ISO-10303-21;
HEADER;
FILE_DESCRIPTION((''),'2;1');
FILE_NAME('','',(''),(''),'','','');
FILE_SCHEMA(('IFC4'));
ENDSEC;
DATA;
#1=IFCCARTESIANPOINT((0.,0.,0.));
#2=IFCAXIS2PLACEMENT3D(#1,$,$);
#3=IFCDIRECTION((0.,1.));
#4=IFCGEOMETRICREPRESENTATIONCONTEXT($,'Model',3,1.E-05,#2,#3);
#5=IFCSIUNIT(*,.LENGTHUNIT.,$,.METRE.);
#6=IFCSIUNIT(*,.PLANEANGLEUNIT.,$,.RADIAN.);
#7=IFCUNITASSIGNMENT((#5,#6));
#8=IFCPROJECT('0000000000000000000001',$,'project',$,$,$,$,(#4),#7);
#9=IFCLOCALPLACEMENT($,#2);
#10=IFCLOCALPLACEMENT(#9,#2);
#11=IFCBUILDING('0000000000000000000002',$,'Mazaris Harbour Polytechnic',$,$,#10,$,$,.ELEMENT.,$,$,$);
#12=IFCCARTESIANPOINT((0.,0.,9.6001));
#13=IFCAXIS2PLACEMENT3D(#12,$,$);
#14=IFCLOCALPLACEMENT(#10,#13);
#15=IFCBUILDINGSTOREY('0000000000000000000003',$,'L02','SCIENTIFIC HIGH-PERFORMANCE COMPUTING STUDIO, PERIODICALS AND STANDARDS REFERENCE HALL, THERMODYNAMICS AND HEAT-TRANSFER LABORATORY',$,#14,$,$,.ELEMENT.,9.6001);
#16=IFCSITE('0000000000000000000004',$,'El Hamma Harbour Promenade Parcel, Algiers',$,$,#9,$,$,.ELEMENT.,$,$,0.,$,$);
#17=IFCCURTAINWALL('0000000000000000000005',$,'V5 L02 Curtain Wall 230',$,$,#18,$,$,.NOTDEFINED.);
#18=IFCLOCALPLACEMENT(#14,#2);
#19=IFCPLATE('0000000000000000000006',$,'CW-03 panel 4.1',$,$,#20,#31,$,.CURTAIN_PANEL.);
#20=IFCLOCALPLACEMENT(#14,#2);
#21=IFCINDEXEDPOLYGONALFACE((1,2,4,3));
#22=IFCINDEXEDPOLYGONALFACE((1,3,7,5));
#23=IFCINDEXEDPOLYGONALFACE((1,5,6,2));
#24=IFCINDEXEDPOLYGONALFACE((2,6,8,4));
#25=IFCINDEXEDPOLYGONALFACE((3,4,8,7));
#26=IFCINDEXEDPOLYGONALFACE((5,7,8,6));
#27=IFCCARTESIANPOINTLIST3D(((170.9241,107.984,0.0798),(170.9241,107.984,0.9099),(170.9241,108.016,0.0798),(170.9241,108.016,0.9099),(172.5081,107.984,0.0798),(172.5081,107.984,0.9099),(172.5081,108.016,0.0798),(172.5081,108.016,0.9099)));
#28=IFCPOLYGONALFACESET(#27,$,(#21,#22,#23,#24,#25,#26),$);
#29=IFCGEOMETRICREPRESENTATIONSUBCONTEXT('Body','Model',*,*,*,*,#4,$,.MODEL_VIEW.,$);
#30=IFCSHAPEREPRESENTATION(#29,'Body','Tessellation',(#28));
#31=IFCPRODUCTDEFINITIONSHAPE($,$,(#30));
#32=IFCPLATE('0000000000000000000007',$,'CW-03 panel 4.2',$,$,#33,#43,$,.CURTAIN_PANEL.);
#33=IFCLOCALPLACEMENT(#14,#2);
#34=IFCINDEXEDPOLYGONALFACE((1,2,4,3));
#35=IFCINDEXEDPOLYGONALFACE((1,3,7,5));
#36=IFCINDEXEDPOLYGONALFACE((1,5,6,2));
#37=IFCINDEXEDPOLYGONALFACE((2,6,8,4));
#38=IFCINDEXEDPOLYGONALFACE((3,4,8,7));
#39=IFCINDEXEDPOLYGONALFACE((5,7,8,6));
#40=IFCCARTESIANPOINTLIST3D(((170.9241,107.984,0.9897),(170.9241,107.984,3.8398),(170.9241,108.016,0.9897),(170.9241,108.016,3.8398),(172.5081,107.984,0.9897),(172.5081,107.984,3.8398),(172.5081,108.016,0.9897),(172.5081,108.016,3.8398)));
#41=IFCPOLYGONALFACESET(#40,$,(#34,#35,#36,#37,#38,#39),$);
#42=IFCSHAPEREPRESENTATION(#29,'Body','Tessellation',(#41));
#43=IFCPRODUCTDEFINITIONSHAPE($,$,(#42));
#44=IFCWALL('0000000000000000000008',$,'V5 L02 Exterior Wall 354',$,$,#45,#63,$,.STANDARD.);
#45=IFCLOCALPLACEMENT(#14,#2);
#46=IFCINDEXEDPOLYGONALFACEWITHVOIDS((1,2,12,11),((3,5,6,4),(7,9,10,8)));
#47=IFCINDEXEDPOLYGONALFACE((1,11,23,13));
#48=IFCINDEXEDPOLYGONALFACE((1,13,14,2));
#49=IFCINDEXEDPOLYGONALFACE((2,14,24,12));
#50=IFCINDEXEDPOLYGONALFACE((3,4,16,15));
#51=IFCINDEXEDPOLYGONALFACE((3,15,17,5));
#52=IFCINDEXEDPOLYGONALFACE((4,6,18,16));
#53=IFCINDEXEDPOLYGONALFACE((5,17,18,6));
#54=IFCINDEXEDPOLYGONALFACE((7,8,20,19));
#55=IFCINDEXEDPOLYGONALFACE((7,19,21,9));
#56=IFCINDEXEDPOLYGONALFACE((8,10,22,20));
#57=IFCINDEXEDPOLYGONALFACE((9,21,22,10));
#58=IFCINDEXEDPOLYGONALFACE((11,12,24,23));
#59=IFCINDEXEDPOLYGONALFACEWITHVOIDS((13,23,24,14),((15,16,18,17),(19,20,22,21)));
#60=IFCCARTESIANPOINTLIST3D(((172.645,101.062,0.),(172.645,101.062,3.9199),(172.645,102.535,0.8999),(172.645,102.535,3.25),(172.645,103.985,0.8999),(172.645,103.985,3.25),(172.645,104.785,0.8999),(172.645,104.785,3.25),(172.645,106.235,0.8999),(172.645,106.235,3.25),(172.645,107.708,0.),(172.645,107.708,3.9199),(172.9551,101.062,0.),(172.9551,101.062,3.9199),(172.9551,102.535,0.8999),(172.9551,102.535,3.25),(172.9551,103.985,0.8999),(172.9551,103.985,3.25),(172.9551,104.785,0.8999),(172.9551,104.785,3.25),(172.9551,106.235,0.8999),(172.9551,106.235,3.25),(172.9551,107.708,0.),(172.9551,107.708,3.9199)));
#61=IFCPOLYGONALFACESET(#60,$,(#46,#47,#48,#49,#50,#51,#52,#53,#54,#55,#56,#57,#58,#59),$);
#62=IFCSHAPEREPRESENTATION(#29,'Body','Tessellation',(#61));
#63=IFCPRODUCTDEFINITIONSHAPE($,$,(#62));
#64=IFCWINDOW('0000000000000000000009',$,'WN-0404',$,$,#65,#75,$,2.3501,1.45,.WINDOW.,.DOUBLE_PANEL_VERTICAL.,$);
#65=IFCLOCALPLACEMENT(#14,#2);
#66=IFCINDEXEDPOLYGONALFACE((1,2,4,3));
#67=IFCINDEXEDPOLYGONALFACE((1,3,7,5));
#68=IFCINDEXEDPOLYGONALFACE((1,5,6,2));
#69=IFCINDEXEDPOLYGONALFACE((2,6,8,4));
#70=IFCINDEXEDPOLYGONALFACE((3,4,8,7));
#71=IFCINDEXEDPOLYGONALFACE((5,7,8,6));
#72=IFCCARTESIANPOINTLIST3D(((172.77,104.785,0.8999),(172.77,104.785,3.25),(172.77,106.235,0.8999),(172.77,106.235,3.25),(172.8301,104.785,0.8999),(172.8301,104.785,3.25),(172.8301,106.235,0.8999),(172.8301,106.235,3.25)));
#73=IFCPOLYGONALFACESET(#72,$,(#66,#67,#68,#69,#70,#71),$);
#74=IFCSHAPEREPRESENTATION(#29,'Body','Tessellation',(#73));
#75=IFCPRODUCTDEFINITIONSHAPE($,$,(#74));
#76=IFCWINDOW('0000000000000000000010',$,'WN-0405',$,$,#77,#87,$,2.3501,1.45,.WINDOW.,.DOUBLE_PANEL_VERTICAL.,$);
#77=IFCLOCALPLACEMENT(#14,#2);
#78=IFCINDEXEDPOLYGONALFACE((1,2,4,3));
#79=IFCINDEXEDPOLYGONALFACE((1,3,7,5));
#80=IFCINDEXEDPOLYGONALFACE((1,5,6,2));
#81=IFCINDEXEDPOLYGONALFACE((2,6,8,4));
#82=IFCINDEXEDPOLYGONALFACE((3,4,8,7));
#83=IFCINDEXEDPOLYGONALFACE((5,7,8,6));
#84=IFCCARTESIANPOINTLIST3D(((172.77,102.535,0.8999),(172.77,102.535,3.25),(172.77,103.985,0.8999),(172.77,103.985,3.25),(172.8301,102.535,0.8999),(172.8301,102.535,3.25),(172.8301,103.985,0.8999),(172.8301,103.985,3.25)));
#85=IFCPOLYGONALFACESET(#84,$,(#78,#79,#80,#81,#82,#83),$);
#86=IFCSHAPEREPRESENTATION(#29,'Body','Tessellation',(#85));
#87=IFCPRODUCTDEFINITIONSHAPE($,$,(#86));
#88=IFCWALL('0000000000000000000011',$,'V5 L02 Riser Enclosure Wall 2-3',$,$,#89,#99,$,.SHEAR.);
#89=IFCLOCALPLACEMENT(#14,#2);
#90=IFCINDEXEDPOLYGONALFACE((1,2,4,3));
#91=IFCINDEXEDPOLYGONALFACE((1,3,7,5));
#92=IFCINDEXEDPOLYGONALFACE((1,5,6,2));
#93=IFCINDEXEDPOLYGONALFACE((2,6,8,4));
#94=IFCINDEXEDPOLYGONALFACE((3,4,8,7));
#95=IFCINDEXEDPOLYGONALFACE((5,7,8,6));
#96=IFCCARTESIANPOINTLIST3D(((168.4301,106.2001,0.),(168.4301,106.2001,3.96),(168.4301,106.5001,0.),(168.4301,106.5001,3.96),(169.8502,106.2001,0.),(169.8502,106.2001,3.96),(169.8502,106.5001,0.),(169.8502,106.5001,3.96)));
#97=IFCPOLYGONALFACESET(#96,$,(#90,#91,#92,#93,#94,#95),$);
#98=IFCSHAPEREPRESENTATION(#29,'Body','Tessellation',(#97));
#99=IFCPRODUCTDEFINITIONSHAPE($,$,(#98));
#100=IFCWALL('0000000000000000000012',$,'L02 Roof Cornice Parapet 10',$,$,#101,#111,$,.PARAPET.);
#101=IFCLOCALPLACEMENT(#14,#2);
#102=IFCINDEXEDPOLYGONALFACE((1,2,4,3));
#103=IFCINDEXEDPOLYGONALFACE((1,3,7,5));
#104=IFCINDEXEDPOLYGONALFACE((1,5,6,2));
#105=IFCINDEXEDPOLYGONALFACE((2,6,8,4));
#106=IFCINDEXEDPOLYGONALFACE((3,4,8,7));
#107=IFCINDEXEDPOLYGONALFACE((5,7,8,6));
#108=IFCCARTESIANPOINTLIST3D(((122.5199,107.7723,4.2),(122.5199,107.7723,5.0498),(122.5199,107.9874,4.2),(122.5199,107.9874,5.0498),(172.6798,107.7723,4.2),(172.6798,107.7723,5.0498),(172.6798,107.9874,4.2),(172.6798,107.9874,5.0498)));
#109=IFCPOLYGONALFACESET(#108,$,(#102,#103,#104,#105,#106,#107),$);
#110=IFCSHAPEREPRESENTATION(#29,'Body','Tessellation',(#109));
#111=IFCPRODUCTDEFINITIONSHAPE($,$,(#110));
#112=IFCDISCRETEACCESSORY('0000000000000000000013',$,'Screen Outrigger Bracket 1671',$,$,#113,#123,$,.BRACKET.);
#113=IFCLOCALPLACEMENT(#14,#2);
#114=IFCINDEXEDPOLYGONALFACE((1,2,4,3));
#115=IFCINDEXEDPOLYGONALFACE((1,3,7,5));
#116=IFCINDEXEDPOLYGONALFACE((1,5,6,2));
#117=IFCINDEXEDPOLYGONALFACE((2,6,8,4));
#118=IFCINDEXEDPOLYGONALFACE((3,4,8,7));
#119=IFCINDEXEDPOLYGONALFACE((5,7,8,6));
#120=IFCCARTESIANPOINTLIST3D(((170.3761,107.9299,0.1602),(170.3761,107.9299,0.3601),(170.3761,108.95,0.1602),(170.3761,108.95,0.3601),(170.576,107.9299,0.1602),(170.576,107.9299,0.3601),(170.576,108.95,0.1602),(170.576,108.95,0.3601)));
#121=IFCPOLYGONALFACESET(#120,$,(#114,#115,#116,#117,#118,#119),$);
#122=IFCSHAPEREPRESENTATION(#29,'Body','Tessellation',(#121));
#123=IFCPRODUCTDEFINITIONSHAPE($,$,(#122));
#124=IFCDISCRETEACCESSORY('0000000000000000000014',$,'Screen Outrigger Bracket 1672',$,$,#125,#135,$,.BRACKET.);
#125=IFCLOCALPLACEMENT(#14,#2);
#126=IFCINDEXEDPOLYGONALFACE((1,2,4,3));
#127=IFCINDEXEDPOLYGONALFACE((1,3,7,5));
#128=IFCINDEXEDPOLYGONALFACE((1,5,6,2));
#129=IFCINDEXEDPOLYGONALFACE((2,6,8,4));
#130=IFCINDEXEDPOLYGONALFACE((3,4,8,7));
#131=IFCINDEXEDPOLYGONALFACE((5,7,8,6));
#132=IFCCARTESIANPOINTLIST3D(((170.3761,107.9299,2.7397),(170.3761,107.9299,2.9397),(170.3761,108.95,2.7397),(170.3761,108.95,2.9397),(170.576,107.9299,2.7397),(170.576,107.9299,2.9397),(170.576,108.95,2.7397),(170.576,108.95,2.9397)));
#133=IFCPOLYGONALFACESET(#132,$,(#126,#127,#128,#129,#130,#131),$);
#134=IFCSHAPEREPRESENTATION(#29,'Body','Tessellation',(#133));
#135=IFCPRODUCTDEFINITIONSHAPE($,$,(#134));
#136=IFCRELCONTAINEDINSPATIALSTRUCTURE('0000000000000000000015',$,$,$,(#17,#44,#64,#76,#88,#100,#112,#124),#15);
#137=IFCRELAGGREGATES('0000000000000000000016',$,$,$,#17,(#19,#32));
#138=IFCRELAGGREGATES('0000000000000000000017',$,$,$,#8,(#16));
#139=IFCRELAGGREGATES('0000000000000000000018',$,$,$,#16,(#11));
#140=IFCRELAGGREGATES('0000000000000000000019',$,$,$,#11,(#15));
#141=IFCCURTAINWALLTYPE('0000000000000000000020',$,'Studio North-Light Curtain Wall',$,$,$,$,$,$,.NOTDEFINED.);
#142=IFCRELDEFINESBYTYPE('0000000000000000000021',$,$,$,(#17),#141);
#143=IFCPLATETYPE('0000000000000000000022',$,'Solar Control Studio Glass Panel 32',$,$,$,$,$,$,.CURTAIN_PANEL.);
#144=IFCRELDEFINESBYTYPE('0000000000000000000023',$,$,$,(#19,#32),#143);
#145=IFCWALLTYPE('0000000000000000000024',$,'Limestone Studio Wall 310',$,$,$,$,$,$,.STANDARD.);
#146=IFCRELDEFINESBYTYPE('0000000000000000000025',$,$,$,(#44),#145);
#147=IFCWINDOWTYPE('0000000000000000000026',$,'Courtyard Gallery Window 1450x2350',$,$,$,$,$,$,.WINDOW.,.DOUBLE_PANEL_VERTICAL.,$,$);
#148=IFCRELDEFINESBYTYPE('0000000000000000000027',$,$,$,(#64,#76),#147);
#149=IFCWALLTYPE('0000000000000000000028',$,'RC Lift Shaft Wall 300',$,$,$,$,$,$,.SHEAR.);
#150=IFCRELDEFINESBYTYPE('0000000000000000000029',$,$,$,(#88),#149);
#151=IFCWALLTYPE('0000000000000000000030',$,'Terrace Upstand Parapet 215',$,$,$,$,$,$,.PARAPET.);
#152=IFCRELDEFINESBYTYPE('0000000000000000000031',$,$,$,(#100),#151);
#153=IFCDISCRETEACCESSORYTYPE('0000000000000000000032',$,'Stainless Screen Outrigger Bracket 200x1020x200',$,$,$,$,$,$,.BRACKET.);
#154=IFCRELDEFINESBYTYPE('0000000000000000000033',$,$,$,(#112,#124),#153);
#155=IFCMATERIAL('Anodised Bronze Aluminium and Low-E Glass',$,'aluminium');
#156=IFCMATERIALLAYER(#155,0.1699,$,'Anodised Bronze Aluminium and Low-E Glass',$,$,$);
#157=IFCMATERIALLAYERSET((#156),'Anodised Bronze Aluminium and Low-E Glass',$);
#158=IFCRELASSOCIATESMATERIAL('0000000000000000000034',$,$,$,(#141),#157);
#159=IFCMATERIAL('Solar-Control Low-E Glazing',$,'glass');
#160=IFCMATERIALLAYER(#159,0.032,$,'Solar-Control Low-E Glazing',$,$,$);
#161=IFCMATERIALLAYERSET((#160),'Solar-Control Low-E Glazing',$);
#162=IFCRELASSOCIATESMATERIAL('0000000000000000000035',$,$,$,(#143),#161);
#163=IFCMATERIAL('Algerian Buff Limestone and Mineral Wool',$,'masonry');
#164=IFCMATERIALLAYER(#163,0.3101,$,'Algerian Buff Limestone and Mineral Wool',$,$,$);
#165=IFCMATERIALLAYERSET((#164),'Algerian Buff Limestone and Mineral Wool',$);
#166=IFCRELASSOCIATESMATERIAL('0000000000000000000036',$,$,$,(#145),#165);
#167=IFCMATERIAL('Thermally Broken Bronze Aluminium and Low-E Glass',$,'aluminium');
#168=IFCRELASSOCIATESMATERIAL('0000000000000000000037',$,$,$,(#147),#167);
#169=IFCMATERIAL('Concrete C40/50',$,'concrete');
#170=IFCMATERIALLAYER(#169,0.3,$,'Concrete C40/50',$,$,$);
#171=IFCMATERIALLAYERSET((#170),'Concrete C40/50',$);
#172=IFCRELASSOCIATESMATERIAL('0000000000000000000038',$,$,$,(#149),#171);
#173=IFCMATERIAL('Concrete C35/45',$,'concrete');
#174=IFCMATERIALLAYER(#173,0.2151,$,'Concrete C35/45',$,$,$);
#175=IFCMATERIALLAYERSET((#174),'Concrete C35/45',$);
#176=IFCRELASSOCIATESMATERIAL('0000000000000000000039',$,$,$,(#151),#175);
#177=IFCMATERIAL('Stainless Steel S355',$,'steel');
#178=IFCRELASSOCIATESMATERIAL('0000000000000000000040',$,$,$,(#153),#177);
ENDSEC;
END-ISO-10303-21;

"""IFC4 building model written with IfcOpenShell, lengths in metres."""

from ifc_helpers import new_model, si_unit, direction, frame, frame_2d, origin, origin_2d, place, context, subcontext, project, spatial, rectangle, extrude, material, layer, layer_set, type_object, element, fill, aggregate, save


model = new_model("IFC4")

# Units and contexts
model_context = context("Model", 3, precision=1e-05, world=origin(), true_north=direction((0.0, 1.0)))
body_context = subcontext(model_context, "Body", "Model", "MODEL_VIEW")
ifc_project = project(units=[si_unit("LENGTHUNIT", "METRE"), si_unit("PLANEANGLEUNIT", "RADIAN")], contexts=[model_context])

# Site, building, storey
site_placement = place(None, origin())
site = spatial("IfcSite", under=ifc_project, at=site_placement, Name="El Hamma Harbour Promenade Parcel, Algiers", CompositionType="ELEMENT", RefElevation=0.0)
building_placement = place(site_placement, origin())
building = spatial("IfcBuilding", under=site, at=building_placement, Name="Mazaris Harbour Polytechnic", CompositionType="ELEMENT")
storey_placement = place(building_placement, frame((0.0, 0.0, 9.6001)))
storey = spatial("IfcBuildingStorey", under=building, at=storey_placement, Name="L02", Description="SCIENTIFIC HIGH-PERFORMANCE COMPUTING STUDIO, PERIODICALS AND STANDARDS REFERENCE HALL, THERMODYNAMICS AND HEAT-TRANSFER LABORATORY", CompositionType="ELEMENT", Elevation=9.6001)

# Curtain wall, plates
ifc_material_1 = material(Name="Anodised Bronze Aluminium and Low-E Glass", Category="aluminium")
ifc_layer_1 = layer(ifc_material_1, 0.1699, Name="Anodised Bronze Aluminium and Low-E Glass")
ifc_layer_set_1 = layer_set([ifc_layer_1], Name="Anodised Bronze Aluminium and Low-E Glass")
curtain_wall_type = type_object("IfcCurtainWallType", Name="Studio North-Light Curtain Wall", PredefinedType="NOTDEFINED", material=ifc_layer_set_1)
curtain_wall_placement = place(storey_placement, origin())
curtain_wall = element("IfcCurtainWall", 1, at=curtain_wall_placement, inside=storey, type_object=curtain_wall_type, Name="V5 L02 Curtain Wall 230", PredefinedType="NOTDEFINED")
ifc_material_2 = material(Name="Solar-Control Low-E Glazing", Category="glass")
ifc_layer_2 = layer(ifc_material_2, 0.032, Name="Solar-Control Low-E Glazing")
ifc_layer_set_2 = layer_set([ifc_layer_2], Name="Solar-Control Low-E Glazing")
plate_type = type_object("IfcPlateType", Name="Solar Control Studio Glass Panel 32", PredefinedType="CURTAIN_PANEL", material=ifc_layer_set_2)
plate_1_placement = place(storey_placement, frame((171.7161, 108.0, 0.0798), z_axis=(0.0, 0.0, 1.0), x_axis=(1.0, 0.0, 0.0)))
plate_1 = element("IfcPlate", 2, at=plate_1_placement, type_object=plate_type, Name="CW-03 panel 4.1", PredefinedType="CURTAIN_PANEL", context=body_context, shape_type="SweptSolid", body=[
    extrude(rectangle(XDim=1.584, YDim=0.032, at=origin_2d()), origin(), (0.0, 0.0, 1.0), 0.8301),
])
plate_2_placement = place(storey_placement, frame((171.7161, 108.0, 0.9897), z_axis=(0.0, 0.0, 1.0), x_axis=(1.0, 0.0, 0.0)))
plate_2 = element("IfcPlate", 3, at=plate_2_placement, type_object=plate_type, Name="CW-03 panel 4.2", PredefinedType="CURTAIN_PANEL", context=body_context, shape_type="SweptSolid", body=[
    extrude(rectangle(XDim=1.584, YDim=0.032, at=origin_2d()), origin(), (0.0, 0.0, 1.0), 2.8501),
])
aggregate(curtain_wall, [plate_1, plate_2])

# Wall, openings, windows
ifc_material_3 = material(Name="Algerian Buff Limestone and Mineral Wool", Category="masonry")
ifc_layer_3 = layer(ifc_material_3, 0.3101, Name="Algerian Buff Limestone and Mineral Wool")
ifc_layer_set_3 = layer_set([ifc_layer_3], Name="Algerian Buff Limestone and Mineral Wool")
wall_type_1 = type_object("IfcWallType", Name="Limestone Studio Wall 310", PredefinedType="STANDARD", material=ifc_layer_set_3)
wall_1_placement = place(storey_placement, frame((172.8, 107.708, 0.0), z_axis=(0.0, 0.0, 1.0), x_axis=(0.0, -1.0, 0.0)))
wall_1 = element("IfcWall", 4, at=wall_1_placement, inside=storey, type_object=wall_type_1, Name="V5 L02 Exterior Wall 354", PredefinedType="STANDARD", context=body_context, shape_type="SweptSolid", body=[
    extrude(rectangle(XDim=6.646, YDim=0.3101, at=frame_2d((3.323, 0.0))), origin(), (0.0, 0.0, 1.0), 3.9199),
])
opening_1_placement = place(wall_1_placement, frame((1.4729, 0.0, 0.8999)))
opening_1 = element("IfcOpeningElement", 5, at=opening_1_placement, cuts=wall_1, PredefinedType="OPENING", context=body_context, shape_type="SweptSolid", body=[
    extrude(rectangle(XDim=1.45, YDim=2.3501, at=frame_2d((0.7251, 1.175))), frame((0.0, 0.165, 0.0), z_axis=(0.0, -1.0, 0.0), x_axis=(1.0, 0.0, 0.0)), (0.0, 0.0, 1.0), 0.3301),
])
opening_2_placement = place(wall_1_placement, frame((3.7229, 0.0, 0.8999)))
opening_2 = element("IfcOpeningElement", 6, at=opening_2_placement, cuts=wall_1, PredefinedType="OPENING", context=body_context, shape_type="SweptSolid", body=[
    extrude(rectangle(XDim=1.45, YDim=2.3501, at=frame_2d((0.7251, 1.175))), frame((0.0, 0.165, 0.0), z_axis=(0.0, -1.0, 0.0), x_axis=(1.0, 0.0, 0.0)), (0.0, 0.0, 1.0), 0.3301),
])
ifc_material_4 = material(Name="Thermally Broken Bronze Aluminium and Low-E Glass", Category="aluminium")
window_type = type_object("IfcWindowType", Name="Courtyard Gallery Window 1450x2350", PartitioningType="DOUBLE_PANEL_VERTICAL", PredefinedType="WINDOW", material=ifc_material_4)
window_1_placement = place(opening_1_placement, origin())
window_1 = element("IfcWindow", 7, at=window_1_placement, inside=storey, type_object=window_type, Name="WN-0404", OverallHeight=2.3501, OverallWidth=1.45, PartitioningType="DOUBLE_PANEL_VERTICAL", PredefinedType="WINDOW", context=body_context, shape_type="SweptSolid", body=[
    extrude(rectangle(XDim=1.45, YDim=2.3501, at=frame_2d((0.7251, 1.175))), frame((0.0, 0.03, 0.0), z_axis=(0.0, -1.0, 0.0), x_axis=(1.0, 0.0, 0.0)), (0.0, 0.0, 1.0), 0.0601),
])
fill(opening_1, window_1)
window_2_placement = place(opening_2_placement, origin())
window_2 = element("IfcWindow", 8, at=window_2_placement, inside=storey, type_object=window_type, Name="WN-0405", OverallHeight=2.3501, OverallWidth=1.45, PartitioningType="DOUBLE_PANEL_VERTICAL", PredefinedType="WINDOW", context=body_context, shape_type="SweptSolid", body=[
    extrude(rectangle(XDim=1.45, YDim=2.3501, at=frame_2d((0.7251, 1.175))), frame((0.0, 0.03, 0.0), z_axis=(0.0, -1.0, 0.0), x_axis=(1.0, 0.0, 0.0)), (0.0, 0.0, 1.0), 0.0601),
])
fill(opening_2, window_2)

# Walls
ifc_material_5 = material(Name="Concrete C40/50", Category="concrete")
ifc_layer_4 = layer(ifc_material_5, 0.3, Name="Concrete C40/50")
ifc_layer_set_4 = layer_set([ifc_layer_4], Name="Concrete C40/50")
wall_type_2 = type_object("IfcWallType", Name="RC Lift Shaft Wall 300", PredefinedType="SHEAR", material=ifc_layer_set_4)
wall_2_placement = place(storey_placement, frame((169.8501, 106.3501, 0.0), z_axis=(0.0, 0.0, 1.0), x_axis=(-1.0, 0.0, 0.0)))
element("IfcWall", 9, at=wall_2_placement, inside=storey, type_object=wall_type_2, Name="V5 L02 Riser Enclosure Wall 2-3", PredefinedType="SHEAR", context=body_context, shape_type="SweptSolid", body=[
    extrude(rectangle(XDim=1.4202, YDim=0.3, at=frame_2d((0.71, 0.0))), origin(), (0.0, 0.0, 1.0), 3.96),
])
ifc_material_6 = material(Name="Concrete C35/45", Category="concrete")
ifc_layer_5 = layer(ifc_material_6, 0.2151, Name="Concrete C35/45")
ifc_layer_set_5 = layer_set([ifc_layer_5], Name="Concrete C35/45")
wall_type_3 = type_object("IfcWallType", Name="Terrace Upstand Parapet 215", PredefinedType="PARAPET", material=ifc_layer_set_5)
wall_3_placement = place(storey_placement, frame((172.6799, 107.8799, 4.2), z_axis=(0.0, 0.0, 1.0), x_axis=(-1.0, 0.0, 0.0)))
element("IfcWall", 10, at=wall_3_placement, inside=storey, type_object=wall_type_3, Name="L02 Roof Cornice Parapet 10", PredefinedType="PARAPET", context=body_context, shape_type="SweptSolid", body=[
    extrude(rectangle(XDim=50.1599, YDim=0.2151, at=frame_2d((25.0801, 0.0))), origin(), (0.0, 0.0, 1.0), 0.8499),
])

# Discrete accessories
ifc_material_7 = material(Name="Stainless Steel S355", Category="steel")
discrete_accessory_type = type_object("IfcDiscreteAccessoryType", Name="Stainless Screen Outrigger Bracket 200x1020x200", PredefinedType="BRACKET", material=ifc_material_7)
for number, where, z_axis, x_axis, name in (
    (11, (170.4761, 108.4399, 0.1602), (0.0, 0.0, 1.0), (1.0, 0.0, 0.0), "Screen Outrigger Bracket 1671"),
    (12, (170.4761, 108.4399, 2.7397), (0.0, 0.0, 1.0), (1.0, 0.0, 0.0), "Screen Outrigger Bracket 1672"),
):
    element("IfcDiscreteAccessory", number, at=place(storey_placement, frame(where, z_axis=z_axis, x_axis=x_axis)), inside=storey, type_object=discrete_accessory_type, Name=name, PredefinedType="BRACKET", context=body_context, shape_type="SweptSolid", body=[
        extrude(rectangle(XDim=0.2, YDim=1.02, at=origin_2d()), origin(), (0.0, 0.0, 1.0), 0.2),
    ])

save(model, "model.ifc")
